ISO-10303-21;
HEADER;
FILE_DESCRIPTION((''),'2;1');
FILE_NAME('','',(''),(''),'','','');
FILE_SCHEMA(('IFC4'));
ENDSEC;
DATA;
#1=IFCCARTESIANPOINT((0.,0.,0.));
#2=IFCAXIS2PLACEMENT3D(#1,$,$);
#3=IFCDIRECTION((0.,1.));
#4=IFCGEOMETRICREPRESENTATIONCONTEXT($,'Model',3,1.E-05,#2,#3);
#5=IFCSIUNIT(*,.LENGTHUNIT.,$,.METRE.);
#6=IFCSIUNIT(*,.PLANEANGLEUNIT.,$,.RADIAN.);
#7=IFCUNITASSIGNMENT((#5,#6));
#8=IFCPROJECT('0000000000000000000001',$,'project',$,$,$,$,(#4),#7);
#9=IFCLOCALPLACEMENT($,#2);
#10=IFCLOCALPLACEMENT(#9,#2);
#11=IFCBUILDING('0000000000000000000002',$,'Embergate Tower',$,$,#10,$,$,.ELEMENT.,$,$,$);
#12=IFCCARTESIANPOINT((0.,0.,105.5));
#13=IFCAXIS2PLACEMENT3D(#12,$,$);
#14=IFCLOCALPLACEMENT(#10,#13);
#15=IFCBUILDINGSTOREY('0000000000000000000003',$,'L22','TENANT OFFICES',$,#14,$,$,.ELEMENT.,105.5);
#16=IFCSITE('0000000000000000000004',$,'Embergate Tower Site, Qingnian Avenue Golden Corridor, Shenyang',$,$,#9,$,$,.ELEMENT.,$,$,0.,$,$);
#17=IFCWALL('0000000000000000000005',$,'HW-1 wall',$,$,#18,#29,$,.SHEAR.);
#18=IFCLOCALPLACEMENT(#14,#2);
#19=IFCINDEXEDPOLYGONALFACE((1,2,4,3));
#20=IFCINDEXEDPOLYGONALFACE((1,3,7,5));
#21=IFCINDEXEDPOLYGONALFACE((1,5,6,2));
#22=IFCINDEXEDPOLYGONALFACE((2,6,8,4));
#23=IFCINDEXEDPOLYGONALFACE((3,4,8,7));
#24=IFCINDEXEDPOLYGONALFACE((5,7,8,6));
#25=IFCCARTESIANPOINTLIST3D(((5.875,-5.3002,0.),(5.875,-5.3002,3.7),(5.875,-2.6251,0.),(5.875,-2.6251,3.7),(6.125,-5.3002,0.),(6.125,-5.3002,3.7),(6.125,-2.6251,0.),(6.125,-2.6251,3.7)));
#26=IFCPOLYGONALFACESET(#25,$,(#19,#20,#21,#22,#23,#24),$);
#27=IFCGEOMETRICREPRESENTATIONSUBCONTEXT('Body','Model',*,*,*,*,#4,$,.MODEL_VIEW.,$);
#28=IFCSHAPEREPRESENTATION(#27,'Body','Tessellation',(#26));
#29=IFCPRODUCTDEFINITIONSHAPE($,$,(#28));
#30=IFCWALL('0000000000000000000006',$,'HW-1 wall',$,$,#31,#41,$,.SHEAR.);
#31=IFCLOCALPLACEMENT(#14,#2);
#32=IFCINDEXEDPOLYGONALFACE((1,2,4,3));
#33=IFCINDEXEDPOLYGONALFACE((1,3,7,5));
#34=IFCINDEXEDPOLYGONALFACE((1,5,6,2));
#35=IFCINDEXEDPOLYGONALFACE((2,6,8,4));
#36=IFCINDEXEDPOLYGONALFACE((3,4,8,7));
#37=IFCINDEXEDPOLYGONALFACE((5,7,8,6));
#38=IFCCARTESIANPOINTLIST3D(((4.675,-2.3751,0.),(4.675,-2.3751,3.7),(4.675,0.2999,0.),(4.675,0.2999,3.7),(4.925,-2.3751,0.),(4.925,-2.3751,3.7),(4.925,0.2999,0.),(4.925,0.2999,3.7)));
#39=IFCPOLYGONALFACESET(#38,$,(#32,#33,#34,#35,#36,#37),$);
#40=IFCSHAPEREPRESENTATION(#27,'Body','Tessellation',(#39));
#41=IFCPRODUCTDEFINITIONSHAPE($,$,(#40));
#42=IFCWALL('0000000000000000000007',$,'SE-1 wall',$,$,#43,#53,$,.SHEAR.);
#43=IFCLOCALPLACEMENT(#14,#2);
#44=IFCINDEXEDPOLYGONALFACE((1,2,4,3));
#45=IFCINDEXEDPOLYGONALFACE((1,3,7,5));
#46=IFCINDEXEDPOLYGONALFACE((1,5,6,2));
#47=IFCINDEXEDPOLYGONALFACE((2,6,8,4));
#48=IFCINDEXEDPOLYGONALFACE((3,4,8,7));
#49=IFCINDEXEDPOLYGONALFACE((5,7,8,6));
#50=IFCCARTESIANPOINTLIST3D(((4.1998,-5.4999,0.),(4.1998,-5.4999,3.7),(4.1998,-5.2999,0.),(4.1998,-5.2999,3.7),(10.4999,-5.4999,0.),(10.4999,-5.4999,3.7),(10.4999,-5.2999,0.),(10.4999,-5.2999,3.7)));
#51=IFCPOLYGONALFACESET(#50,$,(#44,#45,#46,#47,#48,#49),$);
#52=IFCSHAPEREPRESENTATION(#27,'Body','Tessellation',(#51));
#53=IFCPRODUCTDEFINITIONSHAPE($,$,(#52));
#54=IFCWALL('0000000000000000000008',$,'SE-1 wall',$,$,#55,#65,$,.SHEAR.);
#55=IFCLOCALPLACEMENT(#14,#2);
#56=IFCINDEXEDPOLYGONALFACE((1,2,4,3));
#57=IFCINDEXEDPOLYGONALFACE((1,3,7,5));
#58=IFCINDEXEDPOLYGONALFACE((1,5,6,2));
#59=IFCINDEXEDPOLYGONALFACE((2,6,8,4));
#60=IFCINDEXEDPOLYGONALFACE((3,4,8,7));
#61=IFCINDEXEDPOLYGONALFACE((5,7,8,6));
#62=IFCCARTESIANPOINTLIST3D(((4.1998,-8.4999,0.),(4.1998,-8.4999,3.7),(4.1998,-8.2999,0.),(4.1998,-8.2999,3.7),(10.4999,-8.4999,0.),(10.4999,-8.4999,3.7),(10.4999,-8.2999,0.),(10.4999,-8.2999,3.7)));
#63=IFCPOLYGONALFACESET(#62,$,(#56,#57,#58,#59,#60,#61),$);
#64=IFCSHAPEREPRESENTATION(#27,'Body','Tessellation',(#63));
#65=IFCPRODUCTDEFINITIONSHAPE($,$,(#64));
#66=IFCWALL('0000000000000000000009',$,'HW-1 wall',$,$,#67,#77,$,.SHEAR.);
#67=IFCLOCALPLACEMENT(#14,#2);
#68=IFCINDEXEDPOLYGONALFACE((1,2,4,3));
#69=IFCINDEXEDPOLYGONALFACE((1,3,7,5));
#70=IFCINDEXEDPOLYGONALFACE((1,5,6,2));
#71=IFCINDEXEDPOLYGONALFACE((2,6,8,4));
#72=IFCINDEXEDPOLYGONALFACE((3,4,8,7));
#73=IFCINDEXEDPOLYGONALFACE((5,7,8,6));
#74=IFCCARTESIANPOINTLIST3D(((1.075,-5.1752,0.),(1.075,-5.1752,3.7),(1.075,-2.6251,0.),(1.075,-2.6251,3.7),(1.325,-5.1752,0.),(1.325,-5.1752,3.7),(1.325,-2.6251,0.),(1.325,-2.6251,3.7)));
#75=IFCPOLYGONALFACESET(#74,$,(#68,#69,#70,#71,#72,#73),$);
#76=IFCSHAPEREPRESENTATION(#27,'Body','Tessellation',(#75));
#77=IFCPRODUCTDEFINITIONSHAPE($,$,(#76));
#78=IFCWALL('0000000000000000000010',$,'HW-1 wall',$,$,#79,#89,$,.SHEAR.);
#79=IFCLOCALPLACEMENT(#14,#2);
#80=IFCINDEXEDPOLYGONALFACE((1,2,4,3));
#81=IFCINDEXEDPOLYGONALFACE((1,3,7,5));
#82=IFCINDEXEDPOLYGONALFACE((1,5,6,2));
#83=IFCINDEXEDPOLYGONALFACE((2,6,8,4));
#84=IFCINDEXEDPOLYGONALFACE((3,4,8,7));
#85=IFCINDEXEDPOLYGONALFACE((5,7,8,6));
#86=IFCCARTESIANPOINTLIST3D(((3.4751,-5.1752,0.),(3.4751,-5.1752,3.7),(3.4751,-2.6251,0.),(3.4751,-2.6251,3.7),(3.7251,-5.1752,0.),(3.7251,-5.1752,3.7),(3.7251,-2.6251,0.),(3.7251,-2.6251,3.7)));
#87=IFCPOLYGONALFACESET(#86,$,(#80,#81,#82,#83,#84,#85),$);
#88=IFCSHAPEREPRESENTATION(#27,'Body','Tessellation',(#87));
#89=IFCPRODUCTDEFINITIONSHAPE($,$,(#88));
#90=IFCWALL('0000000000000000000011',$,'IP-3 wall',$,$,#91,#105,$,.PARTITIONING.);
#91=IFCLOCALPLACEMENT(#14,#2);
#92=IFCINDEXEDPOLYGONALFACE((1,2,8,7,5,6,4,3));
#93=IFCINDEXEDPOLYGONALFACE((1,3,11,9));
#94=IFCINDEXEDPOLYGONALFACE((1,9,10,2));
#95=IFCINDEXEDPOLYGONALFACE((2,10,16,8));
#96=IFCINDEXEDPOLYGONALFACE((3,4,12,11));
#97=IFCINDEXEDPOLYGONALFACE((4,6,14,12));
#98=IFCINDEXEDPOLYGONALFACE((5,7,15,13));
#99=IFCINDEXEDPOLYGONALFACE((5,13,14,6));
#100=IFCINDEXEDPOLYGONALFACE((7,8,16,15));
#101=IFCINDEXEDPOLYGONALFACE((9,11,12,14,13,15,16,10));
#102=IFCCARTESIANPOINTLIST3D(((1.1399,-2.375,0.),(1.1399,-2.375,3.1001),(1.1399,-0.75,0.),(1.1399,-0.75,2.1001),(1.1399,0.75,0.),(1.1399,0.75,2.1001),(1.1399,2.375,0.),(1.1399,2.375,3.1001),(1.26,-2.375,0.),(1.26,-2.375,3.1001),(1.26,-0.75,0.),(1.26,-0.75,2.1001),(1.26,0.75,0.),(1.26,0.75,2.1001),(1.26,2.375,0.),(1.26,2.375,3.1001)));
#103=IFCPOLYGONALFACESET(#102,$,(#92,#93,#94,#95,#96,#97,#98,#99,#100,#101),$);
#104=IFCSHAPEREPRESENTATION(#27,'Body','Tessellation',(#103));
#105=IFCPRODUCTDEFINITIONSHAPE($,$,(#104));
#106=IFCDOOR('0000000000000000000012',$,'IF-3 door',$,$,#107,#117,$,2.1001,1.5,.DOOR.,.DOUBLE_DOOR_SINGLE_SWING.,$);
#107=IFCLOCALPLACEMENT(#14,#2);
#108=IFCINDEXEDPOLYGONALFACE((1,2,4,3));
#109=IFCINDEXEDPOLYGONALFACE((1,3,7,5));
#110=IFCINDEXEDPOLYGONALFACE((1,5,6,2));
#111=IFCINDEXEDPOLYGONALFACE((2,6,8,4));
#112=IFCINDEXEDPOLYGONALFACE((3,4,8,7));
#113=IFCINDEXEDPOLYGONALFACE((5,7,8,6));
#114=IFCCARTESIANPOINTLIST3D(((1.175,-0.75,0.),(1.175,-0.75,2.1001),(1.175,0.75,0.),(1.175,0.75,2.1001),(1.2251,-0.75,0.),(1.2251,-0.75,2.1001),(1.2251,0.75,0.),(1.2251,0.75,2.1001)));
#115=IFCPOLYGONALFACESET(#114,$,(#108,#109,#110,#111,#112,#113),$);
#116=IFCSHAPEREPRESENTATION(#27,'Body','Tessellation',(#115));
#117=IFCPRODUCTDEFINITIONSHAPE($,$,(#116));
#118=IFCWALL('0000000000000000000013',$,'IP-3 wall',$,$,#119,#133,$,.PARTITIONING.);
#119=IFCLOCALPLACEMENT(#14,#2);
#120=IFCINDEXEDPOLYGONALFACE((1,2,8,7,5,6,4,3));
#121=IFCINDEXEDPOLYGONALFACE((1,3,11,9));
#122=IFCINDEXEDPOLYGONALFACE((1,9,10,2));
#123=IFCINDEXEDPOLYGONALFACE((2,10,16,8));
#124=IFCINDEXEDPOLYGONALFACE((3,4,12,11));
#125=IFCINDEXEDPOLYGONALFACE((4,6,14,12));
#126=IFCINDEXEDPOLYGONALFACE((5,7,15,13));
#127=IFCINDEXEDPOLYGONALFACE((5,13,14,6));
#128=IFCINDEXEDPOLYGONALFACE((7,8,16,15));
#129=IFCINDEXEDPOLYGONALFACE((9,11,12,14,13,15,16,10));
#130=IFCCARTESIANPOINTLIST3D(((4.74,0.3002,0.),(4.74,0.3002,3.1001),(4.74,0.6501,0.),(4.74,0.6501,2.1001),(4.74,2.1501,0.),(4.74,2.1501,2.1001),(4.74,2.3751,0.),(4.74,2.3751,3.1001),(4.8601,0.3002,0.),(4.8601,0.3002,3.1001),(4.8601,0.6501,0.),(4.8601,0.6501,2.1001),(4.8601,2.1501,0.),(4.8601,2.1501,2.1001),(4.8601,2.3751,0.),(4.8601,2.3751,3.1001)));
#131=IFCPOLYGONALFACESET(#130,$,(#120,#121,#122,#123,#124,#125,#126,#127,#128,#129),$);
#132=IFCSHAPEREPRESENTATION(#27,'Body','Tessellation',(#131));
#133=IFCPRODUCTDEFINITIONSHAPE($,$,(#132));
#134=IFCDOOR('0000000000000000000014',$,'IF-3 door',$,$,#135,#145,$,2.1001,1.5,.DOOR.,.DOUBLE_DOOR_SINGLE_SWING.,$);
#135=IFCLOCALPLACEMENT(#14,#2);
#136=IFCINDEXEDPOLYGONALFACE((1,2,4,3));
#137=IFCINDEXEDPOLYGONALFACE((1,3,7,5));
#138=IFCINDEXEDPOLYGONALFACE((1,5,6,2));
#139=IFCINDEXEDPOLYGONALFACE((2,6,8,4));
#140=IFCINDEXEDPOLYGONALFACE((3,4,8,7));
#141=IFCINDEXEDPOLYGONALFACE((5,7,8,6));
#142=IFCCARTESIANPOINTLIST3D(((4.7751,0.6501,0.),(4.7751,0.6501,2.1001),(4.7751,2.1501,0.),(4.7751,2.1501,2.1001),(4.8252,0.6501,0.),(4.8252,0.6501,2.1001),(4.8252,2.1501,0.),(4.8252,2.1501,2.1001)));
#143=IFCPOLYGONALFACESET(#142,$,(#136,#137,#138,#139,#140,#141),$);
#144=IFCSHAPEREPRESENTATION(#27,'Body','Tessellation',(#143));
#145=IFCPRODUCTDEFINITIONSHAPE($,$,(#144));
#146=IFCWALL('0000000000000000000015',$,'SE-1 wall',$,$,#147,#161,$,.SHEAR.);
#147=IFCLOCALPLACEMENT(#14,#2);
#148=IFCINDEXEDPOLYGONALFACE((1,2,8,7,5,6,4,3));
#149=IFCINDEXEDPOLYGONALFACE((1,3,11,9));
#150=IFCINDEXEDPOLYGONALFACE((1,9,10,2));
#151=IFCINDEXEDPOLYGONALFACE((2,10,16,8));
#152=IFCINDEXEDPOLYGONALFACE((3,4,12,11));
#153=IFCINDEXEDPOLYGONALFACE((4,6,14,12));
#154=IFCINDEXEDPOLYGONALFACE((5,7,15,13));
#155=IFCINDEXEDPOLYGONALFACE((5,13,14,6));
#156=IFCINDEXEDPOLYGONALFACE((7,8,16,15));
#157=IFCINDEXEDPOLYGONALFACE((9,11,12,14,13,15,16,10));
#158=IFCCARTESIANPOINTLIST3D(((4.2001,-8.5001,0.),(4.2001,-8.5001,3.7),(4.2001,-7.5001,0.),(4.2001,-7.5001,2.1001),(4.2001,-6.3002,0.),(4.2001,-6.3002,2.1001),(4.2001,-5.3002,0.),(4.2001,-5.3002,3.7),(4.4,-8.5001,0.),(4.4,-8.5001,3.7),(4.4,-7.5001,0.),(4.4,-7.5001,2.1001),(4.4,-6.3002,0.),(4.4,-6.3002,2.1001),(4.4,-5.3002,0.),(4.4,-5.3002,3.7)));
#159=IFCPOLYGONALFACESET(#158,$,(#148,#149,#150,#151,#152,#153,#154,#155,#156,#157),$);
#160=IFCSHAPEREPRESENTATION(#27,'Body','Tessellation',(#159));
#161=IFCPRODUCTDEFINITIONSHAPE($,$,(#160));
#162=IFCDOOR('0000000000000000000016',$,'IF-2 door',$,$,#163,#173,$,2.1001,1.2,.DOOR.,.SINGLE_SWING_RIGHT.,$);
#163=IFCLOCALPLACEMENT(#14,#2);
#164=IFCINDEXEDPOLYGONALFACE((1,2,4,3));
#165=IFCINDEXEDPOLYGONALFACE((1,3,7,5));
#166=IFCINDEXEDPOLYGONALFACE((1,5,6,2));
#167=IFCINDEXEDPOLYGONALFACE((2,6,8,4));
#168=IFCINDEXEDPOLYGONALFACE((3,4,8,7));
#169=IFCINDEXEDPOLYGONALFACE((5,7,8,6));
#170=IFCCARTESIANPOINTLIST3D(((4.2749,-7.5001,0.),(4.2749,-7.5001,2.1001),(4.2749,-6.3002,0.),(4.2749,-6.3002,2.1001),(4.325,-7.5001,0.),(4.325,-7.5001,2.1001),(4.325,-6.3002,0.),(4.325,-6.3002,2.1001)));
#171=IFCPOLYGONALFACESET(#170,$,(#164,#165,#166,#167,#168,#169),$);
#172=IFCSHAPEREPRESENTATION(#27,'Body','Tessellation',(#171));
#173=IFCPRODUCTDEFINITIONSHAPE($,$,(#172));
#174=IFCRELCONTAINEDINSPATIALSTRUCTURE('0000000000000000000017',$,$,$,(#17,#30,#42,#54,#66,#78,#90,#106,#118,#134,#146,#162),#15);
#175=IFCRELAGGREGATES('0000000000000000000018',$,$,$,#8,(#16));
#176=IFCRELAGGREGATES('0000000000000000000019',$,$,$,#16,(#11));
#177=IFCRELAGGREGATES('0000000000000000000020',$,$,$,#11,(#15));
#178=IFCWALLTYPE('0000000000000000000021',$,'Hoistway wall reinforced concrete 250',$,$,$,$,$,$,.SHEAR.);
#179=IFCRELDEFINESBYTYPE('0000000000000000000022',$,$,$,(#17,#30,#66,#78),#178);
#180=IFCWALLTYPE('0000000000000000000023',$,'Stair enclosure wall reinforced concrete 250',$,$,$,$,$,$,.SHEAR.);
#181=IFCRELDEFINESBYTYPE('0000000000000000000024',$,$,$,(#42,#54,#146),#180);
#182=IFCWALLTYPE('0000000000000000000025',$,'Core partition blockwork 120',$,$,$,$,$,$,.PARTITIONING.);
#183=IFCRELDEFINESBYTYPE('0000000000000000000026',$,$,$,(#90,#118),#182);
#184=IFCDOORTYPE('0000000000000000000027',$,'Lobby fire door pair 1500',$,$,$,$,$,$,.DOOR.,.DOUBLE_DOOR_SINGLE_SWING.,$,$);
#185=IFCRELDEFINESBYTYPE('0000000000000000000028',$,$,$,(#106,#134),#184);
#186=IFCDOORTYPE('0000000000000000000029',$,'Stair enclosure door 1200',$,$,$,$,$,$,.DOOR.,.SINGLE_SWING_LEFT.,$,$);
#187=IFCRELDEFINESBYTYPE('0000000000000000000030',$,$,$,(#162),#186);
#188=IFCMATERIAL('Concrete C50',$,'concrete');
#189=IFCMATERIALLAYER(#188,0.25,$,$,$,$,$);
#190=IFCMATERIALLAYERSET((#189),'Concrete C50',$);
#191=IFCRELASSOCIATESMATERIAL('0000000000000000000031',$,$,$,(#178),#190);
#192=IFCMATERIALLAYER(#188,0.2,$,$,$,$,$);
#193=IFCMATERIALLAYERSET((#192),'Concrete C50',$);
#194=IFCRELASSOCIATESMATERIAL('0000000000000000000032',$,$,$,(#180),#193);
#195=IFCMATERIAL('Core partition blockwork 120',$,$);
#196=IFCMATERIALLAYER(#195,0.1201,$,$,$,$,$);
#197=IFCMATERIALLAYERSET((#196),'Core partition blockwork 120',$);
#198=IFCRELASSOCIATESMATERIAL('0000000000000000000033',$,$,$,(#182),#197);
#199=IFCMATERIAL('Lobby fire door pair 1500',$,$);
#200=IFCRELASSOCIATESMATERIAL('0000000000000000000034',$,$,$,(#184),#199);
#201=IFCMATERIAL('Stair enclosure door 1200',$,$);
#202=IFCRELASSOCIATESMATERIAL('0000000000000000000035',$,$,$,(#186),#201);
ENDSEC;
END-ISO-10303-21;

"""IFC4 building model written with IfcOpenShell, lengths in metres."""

from ifc_helpers import new_model, si_unit, direction, frame, frame_2d, origin, place, context, subcontext, project, spatial, rectangle, extrude, source, transform, mapped, material, layer, layer_set, type_object, element, fill, save


model = new_model("IFC4")

# Units and contexts
model_context = context("Model", 3, precision=1e-05, world=origin(), true_north=direction((0.0, 1.0)))
body_context = subcontext(model_context, "Body", "Model", "MODEL_VIEW")
ifc_project = project(units=[si_unit("LENGTHUNIT", "METRE"), si_unit("PLANEANGLEUNIT", "RADIAN")], contexts=[model_context])

# Site, building, storey
site_placement = place(None, origin())
site = spatial("IfcSite", under=ifc_project, at=site_placement, Name="Embergate Tower Site, Qingnian Avenue Golden Corridor, Shenyang", CompositionType="ELEMENT", RefElevation=0.0)
building_placement = place(site_placement, origin())
building = spatial("IfcBuilding", under=site, at=building_placement, Name="Embergate Tower", CompositionType="ELEMENT")
storey_placement = place(building_placement, frame((0.0, 0.0, 105.5)))
storey = spatial("IfcBuildingStorey", under=building, at=storey_placement, Name="L22", Description="TENANT OFFICES", CompositionType="ELEMENT", Elevation=105.5)

# Walls
ifc_material_1 = material(Name="Concrete C50", Category="concrete")
ifc_layer_1 = layer(ifc_material_1, 0.25)
ifc_layer_set_1 = layer_set([ifc_layer_1], Name="Concrete C50")
wall_type_1 = type_object("IfcWallType", Name="Hoistway wall reinforced concrete 250", PredefinedType="SHEAR", material=ifc_layer_set_1)
shared_shape_1 = source(origin(), body_context, "Body", "SweptSolid", [
    extrude(rectangle(XDim=2.675, YDim=0.25, at=frame_2d((1.3374, 0.0))), origin(), (0.0, 0.0, 1.0), 3.7),
])
for number, where, z_axis, x_axis, name in (
    (1, (6.0, -5.3, 0.0), (0.0, 0.0, 1.0), (0.0, 1.0, 0.0), "HW-1 wall"),
    (2, (4.8, -2.375, 0.0), (0.0, 0.0, 1.0), (0.0, 1.0, 0.0), "HW-1 wall"),
):
    element("IfcWall", number, at=place(storey_placement, frame(where, z_axis=z_axis, x_axis=x_axis)), inside=storey, type_object=wall_type_1, Name=name, PredefinedType="SHEAR", context=body_context, shape_type="MappedRepresentation", body=[
        mapped(shared_shape_1, transform((0.0, 0.0, 0.0))),
    ])
ifc_layer_2 = layer(ifc_material_1, 0.2)
ifc_layer_set_2 = layer_set([ifc_layer_2], Name="Concrete C50")
wall_type_2 = type_object("IfcWallType", Name="Stair enclosure wall reinforced concrete 250", PredefinedType="SHEAR", material=ifc_layer_set_2)
shared_shape_2 = source(origin(), body_context, "Body", "SweptSolid", [
    extrude(rectangle(XDim=6.3, YDim=0.2, at=frame_2d((3.1499, 0.0))), origin(), (0.0, 0.0, 1.0), 3.7),
])
for number, where, z_axis, x_axis, name in (
    (3, (4.2, -5.3999, 0.0), (0.0, 0.0, 1.0), (1.0, 0.0, 0.0), "SE-1 wall"),
    (4, (4.2, -8.3999, 0.0), (0.0, 0.0, 1.0), (1.0, 0.0, 0.0), "SE-1 wall"),
):
    element("IfcWall", number, at=place(storey_placement, frame(where, z_axis=z_axis, x_axis=x_axis)), inside=storey, type_object=wall_type_2, Name=name, PredefinedType="SHEAR", context=body_context, shape_type="MappedRepresentation", body=[
        mapped(shared_shape_2, transform((0.0, 0.0, 0.0))),
    ])
shared_shape_3 = source(origin(), body_context, "Body", "SweptSolid", [
    extrude(rectangle(XDim=2.55, YDim=0.25, at=frame_2d((1.2749, 0.0))), origin(), (0.0, 0.0, 1.0), 3.7),
])
for number, where, z_axis, x_axis, name in (
    (5, (1.2, -5.175, 0.0), (0.0, 0.0, 1.0), (0.0, 1.0, 0.0), "HW-1 wall"),
    (6, (3.6001, -5.175, 0.0), (0.0, 0.0, 1.0), (0.0, 1.0, 0.0), "HW-1 wall"),
):
    element("IfcWall", number, at=place(storey_placement, frame(where, z_axis=z_axis, x_axis=x_axis)), inside=storey, type_object=wall_type_1, Name=name, PredefinedType="SHEAR", context=body_context, shape_type="MappedRepresentation", body=[
        mapped(shared_shape_3, transform((0.0, 0.0, 0.0))),
    ])

# Walls, openings, doors
ifc_material_2 = material(Name="Core partition blockwork 120")
ifc_layer_3 = layer(ifc_material_2, 0.1201)
ifc_layer_set_3 = layer_set([ifc_layer_3], Name="Core partition blockwork 120")
wall_type_3 = type_object("IfcWallType", Name="Core partition blockwork 120", PredefinedType="PARTITIONING", material=ifc_layer_set_3)
shared_shape_4 = source(origin(), body_context, "Body", "SweptSolid", [
    extrude(rectangle(XDim=4.75, YDim=0.1201, at=frame_2d((2.375, 0.0))), origin(), (0.0, 0.0, 1.0), 3.1001),
])
wall_1_placement = place(storey_placement, frame((1.2, -2.375, 0.0), z_axis=(0.0, 0.0, 1.0), x_axis=(0.0, 1.0, 0.0)))
wall_1 = element("IfcWall", 7, at=wall_1_placement, inside=storey, type_object=wall_type_3, Name="IP-3 wall", PredefinedType="PARTITIONING", context=body_context, shape_type="MappedRepresentation", body=[
    mapped(shared_shape_4, transform((0.0, 0.0, 0.0))),
])
shared_shape_5 = source(origin(), body_context, "Body", "SweptSolid", [
    extrude(rectangle(XDim=1.5, YDim=2.1001, at=frame_2d((0.75, 1.05))), frame((0.0, 0.0701, 0.0), z_axis=(0.0, -1.0, 0.0), x_axis=(1.0, 0.0, 0.0)), (0.0, 0.0, 1.0), 0.1401),
])
opening_1_placement = place(wall_1_placement, frame((1.625, 0.0, 0.0)))
opening_1 = element("IfcOpeningElement", 8, at=opening_1_placement, cuts=wall_1, PredefinedType="OPENING", context=body_context, shape_type="MappedRepresentation", body=[
    mapped(shared_shape_5, transform((0.0, 0.0, 0.0))),
])
ifc_material_3 = material(Name="Lobby fire door pair 1500")
door_type_1 = type_object("IfcDoorType", Name="Lobby fire door pair 1500", OperationType="DOUBLE_DOOR_SINGLE_SWING", PredefinedType="DOOR", material=ifc_material_3)
shared_shape_6 = source(origin(), body_context, "Body", "SweptSolid", [
    extrude(rectangle(XDim=1.5, YDim=2.1001, at=frame_2d((0.75, 1.05))), frame((0.0, 0.0249, 0.0), z_axis=(0.0, -1.0, 0.0), x_axis=(1.0, 0.0, 0.0)), (0.0, 0.0, 1.0), 0.05),
])
door_1_placement = place(opening_1_placement, origin())
door_1 = element("IfcDoor", 9, at=door_1_placement, inside=storey, type_object=door_type_1, Name="IF-3 door", OperationType="DOUBLE_DOOR_SINGLE_SWING", OverallHeight=2.1001, OverallWidth=1.5, PredefinedType="DOOR", context=body_context, shape_type="MappedRepresentation", body=[
    mapped(shared_shape_6, transform((0.0, 0.0, 0.0))),
])
fill(opening_1, door_1)
shared_shape_7 = source(origin(), body_context, "Body", "SweptSolid", [
    extrude(rectangle(XDim=2.075, YDim=0.1201, at=frame_2d((1.0376, 0.0))), origin(), (0.0, 0.0, 1.0), 3.1001),
])
wall_2_placement = place(storey_placement, frame((4.8, 0.3, 0.0), z_axis=(0.0, 0.0, 1.0), x_axis=(0.0, 1.0, 0.0)))
wall_2 = element("IfcWall", 10, at=wall_2_placement, inside=storey, type_object=wall_type_3, Name="IP-3 wall", PredefinedType="PARTITIONING", context=body_context, shape_type="MappedRepresentation", body=[
    mapped(shared_shape_7, transform((0.0, 0.0, 0.0))),
])
opening_2_placement = place(wall_2_placement, frame((0.3501, 0.0, 0.0)))
opening_2 = element("IfcOpeningElement", 11, at=opening_2_placement, cuts=wall_2, PredefinedType="OPENING", context=body_context, shape_type="MappedRepresentation", body=[
    mapped(shared_shape_5, transform((0.0, 0.0, 0.0))),
])
door_2_placement = place(opening_2_placement, origin())
door_2 = element("IfcDoor", 12, at=door_2_placement, inside=storey, type_object=door_type_1, Name="IF-3 door", OperationType="DOUBLE_DOOR_SINGLE_SWING", OverallHeight=2.1001, OverallWidth=1.5, PredefinedType="DOOR", context=body_context, shape_type="MappedRepresentation", body=[
    mapped(shared_shape_6, transform((0.0, 0.0, 0.0))),
])
fill(opening_2, door_2)
shared_shape_8 = source(origin(), body_context, "Body", "SweptSolid", [
    extrude(rectangle(XDim=3.2, YDim=0.2, at=frame_2d((1.6001, 0.0))), origin(), (0.0, 0.0, 1.0), 3.7),
])
wall_3_placement = place(storey_placement, frame((4.3, -5.3, 0.0), z_axis=(0.0, 0.0, 1.0), x_axis=(0.0, -1.0, 0.0)))
wall_3 = element("IfcWall", 13, at=wall_3_placement, inside=storey, type_object=wall_type_2, Name="SE-1 wall", PredefinedType="SHEAR", context=body_context, shape_type="MappedRepresentation", body=[
    mapped(shared_shape_8, transform((0.0, 0.0, 0.0))),
])
shared_shape_9 = source(origin(), body_context, "Body", "SweptSolid", [
    extrude(rectangle(XDim=1.2, YDim=2.1001, at=frame_2d((0.6001, 1.05))), frame((0.0, 0.1099, 0.0), z_axis=(0.0, -1.0, 0.0), x_axis=(1.0, 0.0, 0.0)), (0.0, 0.0, 1.0), 0.22),
])
opening_3_placement = place(wall_3_placement, frame((1.0, 0.0, 0.0)))
opening_3 = element("IfcOpeningElement", 14, at=opening_3_placement, cuts=wall_3, PredefinedType="OPENING", context=body_context, shape_type="MappedRepresentation", body=[
    mapped(shared_shape_9, transform((0.0, 0.0, 0.0))),
])
ifc_material_4 = material(Name="Stair enclosure door 1200")
door_type_2 = type_object("IfcDoorType", Name="Stair enclosure door 1200", OperationType="SINGLE_SWING_LEFT", PredefinedType="DOOR", material=ifc_material_4)
shared_shape_10 = source(origin(), body_context, "Body", "SweptSolid", [
    extrude(rectangle(XDim=1.2, YDim=2.1001, at=frame_2d((0.6001, 1.05))), frame((0.0, 0.0249, 0.0), z_axis=(0.0, -1.0, 0.0), x_axis=(1.0, 0.0, 0.0)), (0.0, 0.0, 1.0), 0.05),
])
door_3_placement = place(opening_3_placement, origin())
door_3 = element("IfcDoor", 15, at=door_3_placement, inside=storey, type_object=door_type_2, Name="IF-2 door", OperationType="SINGLE_SWING_RIGHT", OverallHeight=2.1001, OverallWidth=1.2, PredefinedType="DOOR", context=body_context, shape_type="MappedRepresentation", body=[
    mapped(shared_shape_10, transform((0.0, 0.0, 0.0))),
])
fill(opening_3, door_3)

save(model, "model.ifc")
